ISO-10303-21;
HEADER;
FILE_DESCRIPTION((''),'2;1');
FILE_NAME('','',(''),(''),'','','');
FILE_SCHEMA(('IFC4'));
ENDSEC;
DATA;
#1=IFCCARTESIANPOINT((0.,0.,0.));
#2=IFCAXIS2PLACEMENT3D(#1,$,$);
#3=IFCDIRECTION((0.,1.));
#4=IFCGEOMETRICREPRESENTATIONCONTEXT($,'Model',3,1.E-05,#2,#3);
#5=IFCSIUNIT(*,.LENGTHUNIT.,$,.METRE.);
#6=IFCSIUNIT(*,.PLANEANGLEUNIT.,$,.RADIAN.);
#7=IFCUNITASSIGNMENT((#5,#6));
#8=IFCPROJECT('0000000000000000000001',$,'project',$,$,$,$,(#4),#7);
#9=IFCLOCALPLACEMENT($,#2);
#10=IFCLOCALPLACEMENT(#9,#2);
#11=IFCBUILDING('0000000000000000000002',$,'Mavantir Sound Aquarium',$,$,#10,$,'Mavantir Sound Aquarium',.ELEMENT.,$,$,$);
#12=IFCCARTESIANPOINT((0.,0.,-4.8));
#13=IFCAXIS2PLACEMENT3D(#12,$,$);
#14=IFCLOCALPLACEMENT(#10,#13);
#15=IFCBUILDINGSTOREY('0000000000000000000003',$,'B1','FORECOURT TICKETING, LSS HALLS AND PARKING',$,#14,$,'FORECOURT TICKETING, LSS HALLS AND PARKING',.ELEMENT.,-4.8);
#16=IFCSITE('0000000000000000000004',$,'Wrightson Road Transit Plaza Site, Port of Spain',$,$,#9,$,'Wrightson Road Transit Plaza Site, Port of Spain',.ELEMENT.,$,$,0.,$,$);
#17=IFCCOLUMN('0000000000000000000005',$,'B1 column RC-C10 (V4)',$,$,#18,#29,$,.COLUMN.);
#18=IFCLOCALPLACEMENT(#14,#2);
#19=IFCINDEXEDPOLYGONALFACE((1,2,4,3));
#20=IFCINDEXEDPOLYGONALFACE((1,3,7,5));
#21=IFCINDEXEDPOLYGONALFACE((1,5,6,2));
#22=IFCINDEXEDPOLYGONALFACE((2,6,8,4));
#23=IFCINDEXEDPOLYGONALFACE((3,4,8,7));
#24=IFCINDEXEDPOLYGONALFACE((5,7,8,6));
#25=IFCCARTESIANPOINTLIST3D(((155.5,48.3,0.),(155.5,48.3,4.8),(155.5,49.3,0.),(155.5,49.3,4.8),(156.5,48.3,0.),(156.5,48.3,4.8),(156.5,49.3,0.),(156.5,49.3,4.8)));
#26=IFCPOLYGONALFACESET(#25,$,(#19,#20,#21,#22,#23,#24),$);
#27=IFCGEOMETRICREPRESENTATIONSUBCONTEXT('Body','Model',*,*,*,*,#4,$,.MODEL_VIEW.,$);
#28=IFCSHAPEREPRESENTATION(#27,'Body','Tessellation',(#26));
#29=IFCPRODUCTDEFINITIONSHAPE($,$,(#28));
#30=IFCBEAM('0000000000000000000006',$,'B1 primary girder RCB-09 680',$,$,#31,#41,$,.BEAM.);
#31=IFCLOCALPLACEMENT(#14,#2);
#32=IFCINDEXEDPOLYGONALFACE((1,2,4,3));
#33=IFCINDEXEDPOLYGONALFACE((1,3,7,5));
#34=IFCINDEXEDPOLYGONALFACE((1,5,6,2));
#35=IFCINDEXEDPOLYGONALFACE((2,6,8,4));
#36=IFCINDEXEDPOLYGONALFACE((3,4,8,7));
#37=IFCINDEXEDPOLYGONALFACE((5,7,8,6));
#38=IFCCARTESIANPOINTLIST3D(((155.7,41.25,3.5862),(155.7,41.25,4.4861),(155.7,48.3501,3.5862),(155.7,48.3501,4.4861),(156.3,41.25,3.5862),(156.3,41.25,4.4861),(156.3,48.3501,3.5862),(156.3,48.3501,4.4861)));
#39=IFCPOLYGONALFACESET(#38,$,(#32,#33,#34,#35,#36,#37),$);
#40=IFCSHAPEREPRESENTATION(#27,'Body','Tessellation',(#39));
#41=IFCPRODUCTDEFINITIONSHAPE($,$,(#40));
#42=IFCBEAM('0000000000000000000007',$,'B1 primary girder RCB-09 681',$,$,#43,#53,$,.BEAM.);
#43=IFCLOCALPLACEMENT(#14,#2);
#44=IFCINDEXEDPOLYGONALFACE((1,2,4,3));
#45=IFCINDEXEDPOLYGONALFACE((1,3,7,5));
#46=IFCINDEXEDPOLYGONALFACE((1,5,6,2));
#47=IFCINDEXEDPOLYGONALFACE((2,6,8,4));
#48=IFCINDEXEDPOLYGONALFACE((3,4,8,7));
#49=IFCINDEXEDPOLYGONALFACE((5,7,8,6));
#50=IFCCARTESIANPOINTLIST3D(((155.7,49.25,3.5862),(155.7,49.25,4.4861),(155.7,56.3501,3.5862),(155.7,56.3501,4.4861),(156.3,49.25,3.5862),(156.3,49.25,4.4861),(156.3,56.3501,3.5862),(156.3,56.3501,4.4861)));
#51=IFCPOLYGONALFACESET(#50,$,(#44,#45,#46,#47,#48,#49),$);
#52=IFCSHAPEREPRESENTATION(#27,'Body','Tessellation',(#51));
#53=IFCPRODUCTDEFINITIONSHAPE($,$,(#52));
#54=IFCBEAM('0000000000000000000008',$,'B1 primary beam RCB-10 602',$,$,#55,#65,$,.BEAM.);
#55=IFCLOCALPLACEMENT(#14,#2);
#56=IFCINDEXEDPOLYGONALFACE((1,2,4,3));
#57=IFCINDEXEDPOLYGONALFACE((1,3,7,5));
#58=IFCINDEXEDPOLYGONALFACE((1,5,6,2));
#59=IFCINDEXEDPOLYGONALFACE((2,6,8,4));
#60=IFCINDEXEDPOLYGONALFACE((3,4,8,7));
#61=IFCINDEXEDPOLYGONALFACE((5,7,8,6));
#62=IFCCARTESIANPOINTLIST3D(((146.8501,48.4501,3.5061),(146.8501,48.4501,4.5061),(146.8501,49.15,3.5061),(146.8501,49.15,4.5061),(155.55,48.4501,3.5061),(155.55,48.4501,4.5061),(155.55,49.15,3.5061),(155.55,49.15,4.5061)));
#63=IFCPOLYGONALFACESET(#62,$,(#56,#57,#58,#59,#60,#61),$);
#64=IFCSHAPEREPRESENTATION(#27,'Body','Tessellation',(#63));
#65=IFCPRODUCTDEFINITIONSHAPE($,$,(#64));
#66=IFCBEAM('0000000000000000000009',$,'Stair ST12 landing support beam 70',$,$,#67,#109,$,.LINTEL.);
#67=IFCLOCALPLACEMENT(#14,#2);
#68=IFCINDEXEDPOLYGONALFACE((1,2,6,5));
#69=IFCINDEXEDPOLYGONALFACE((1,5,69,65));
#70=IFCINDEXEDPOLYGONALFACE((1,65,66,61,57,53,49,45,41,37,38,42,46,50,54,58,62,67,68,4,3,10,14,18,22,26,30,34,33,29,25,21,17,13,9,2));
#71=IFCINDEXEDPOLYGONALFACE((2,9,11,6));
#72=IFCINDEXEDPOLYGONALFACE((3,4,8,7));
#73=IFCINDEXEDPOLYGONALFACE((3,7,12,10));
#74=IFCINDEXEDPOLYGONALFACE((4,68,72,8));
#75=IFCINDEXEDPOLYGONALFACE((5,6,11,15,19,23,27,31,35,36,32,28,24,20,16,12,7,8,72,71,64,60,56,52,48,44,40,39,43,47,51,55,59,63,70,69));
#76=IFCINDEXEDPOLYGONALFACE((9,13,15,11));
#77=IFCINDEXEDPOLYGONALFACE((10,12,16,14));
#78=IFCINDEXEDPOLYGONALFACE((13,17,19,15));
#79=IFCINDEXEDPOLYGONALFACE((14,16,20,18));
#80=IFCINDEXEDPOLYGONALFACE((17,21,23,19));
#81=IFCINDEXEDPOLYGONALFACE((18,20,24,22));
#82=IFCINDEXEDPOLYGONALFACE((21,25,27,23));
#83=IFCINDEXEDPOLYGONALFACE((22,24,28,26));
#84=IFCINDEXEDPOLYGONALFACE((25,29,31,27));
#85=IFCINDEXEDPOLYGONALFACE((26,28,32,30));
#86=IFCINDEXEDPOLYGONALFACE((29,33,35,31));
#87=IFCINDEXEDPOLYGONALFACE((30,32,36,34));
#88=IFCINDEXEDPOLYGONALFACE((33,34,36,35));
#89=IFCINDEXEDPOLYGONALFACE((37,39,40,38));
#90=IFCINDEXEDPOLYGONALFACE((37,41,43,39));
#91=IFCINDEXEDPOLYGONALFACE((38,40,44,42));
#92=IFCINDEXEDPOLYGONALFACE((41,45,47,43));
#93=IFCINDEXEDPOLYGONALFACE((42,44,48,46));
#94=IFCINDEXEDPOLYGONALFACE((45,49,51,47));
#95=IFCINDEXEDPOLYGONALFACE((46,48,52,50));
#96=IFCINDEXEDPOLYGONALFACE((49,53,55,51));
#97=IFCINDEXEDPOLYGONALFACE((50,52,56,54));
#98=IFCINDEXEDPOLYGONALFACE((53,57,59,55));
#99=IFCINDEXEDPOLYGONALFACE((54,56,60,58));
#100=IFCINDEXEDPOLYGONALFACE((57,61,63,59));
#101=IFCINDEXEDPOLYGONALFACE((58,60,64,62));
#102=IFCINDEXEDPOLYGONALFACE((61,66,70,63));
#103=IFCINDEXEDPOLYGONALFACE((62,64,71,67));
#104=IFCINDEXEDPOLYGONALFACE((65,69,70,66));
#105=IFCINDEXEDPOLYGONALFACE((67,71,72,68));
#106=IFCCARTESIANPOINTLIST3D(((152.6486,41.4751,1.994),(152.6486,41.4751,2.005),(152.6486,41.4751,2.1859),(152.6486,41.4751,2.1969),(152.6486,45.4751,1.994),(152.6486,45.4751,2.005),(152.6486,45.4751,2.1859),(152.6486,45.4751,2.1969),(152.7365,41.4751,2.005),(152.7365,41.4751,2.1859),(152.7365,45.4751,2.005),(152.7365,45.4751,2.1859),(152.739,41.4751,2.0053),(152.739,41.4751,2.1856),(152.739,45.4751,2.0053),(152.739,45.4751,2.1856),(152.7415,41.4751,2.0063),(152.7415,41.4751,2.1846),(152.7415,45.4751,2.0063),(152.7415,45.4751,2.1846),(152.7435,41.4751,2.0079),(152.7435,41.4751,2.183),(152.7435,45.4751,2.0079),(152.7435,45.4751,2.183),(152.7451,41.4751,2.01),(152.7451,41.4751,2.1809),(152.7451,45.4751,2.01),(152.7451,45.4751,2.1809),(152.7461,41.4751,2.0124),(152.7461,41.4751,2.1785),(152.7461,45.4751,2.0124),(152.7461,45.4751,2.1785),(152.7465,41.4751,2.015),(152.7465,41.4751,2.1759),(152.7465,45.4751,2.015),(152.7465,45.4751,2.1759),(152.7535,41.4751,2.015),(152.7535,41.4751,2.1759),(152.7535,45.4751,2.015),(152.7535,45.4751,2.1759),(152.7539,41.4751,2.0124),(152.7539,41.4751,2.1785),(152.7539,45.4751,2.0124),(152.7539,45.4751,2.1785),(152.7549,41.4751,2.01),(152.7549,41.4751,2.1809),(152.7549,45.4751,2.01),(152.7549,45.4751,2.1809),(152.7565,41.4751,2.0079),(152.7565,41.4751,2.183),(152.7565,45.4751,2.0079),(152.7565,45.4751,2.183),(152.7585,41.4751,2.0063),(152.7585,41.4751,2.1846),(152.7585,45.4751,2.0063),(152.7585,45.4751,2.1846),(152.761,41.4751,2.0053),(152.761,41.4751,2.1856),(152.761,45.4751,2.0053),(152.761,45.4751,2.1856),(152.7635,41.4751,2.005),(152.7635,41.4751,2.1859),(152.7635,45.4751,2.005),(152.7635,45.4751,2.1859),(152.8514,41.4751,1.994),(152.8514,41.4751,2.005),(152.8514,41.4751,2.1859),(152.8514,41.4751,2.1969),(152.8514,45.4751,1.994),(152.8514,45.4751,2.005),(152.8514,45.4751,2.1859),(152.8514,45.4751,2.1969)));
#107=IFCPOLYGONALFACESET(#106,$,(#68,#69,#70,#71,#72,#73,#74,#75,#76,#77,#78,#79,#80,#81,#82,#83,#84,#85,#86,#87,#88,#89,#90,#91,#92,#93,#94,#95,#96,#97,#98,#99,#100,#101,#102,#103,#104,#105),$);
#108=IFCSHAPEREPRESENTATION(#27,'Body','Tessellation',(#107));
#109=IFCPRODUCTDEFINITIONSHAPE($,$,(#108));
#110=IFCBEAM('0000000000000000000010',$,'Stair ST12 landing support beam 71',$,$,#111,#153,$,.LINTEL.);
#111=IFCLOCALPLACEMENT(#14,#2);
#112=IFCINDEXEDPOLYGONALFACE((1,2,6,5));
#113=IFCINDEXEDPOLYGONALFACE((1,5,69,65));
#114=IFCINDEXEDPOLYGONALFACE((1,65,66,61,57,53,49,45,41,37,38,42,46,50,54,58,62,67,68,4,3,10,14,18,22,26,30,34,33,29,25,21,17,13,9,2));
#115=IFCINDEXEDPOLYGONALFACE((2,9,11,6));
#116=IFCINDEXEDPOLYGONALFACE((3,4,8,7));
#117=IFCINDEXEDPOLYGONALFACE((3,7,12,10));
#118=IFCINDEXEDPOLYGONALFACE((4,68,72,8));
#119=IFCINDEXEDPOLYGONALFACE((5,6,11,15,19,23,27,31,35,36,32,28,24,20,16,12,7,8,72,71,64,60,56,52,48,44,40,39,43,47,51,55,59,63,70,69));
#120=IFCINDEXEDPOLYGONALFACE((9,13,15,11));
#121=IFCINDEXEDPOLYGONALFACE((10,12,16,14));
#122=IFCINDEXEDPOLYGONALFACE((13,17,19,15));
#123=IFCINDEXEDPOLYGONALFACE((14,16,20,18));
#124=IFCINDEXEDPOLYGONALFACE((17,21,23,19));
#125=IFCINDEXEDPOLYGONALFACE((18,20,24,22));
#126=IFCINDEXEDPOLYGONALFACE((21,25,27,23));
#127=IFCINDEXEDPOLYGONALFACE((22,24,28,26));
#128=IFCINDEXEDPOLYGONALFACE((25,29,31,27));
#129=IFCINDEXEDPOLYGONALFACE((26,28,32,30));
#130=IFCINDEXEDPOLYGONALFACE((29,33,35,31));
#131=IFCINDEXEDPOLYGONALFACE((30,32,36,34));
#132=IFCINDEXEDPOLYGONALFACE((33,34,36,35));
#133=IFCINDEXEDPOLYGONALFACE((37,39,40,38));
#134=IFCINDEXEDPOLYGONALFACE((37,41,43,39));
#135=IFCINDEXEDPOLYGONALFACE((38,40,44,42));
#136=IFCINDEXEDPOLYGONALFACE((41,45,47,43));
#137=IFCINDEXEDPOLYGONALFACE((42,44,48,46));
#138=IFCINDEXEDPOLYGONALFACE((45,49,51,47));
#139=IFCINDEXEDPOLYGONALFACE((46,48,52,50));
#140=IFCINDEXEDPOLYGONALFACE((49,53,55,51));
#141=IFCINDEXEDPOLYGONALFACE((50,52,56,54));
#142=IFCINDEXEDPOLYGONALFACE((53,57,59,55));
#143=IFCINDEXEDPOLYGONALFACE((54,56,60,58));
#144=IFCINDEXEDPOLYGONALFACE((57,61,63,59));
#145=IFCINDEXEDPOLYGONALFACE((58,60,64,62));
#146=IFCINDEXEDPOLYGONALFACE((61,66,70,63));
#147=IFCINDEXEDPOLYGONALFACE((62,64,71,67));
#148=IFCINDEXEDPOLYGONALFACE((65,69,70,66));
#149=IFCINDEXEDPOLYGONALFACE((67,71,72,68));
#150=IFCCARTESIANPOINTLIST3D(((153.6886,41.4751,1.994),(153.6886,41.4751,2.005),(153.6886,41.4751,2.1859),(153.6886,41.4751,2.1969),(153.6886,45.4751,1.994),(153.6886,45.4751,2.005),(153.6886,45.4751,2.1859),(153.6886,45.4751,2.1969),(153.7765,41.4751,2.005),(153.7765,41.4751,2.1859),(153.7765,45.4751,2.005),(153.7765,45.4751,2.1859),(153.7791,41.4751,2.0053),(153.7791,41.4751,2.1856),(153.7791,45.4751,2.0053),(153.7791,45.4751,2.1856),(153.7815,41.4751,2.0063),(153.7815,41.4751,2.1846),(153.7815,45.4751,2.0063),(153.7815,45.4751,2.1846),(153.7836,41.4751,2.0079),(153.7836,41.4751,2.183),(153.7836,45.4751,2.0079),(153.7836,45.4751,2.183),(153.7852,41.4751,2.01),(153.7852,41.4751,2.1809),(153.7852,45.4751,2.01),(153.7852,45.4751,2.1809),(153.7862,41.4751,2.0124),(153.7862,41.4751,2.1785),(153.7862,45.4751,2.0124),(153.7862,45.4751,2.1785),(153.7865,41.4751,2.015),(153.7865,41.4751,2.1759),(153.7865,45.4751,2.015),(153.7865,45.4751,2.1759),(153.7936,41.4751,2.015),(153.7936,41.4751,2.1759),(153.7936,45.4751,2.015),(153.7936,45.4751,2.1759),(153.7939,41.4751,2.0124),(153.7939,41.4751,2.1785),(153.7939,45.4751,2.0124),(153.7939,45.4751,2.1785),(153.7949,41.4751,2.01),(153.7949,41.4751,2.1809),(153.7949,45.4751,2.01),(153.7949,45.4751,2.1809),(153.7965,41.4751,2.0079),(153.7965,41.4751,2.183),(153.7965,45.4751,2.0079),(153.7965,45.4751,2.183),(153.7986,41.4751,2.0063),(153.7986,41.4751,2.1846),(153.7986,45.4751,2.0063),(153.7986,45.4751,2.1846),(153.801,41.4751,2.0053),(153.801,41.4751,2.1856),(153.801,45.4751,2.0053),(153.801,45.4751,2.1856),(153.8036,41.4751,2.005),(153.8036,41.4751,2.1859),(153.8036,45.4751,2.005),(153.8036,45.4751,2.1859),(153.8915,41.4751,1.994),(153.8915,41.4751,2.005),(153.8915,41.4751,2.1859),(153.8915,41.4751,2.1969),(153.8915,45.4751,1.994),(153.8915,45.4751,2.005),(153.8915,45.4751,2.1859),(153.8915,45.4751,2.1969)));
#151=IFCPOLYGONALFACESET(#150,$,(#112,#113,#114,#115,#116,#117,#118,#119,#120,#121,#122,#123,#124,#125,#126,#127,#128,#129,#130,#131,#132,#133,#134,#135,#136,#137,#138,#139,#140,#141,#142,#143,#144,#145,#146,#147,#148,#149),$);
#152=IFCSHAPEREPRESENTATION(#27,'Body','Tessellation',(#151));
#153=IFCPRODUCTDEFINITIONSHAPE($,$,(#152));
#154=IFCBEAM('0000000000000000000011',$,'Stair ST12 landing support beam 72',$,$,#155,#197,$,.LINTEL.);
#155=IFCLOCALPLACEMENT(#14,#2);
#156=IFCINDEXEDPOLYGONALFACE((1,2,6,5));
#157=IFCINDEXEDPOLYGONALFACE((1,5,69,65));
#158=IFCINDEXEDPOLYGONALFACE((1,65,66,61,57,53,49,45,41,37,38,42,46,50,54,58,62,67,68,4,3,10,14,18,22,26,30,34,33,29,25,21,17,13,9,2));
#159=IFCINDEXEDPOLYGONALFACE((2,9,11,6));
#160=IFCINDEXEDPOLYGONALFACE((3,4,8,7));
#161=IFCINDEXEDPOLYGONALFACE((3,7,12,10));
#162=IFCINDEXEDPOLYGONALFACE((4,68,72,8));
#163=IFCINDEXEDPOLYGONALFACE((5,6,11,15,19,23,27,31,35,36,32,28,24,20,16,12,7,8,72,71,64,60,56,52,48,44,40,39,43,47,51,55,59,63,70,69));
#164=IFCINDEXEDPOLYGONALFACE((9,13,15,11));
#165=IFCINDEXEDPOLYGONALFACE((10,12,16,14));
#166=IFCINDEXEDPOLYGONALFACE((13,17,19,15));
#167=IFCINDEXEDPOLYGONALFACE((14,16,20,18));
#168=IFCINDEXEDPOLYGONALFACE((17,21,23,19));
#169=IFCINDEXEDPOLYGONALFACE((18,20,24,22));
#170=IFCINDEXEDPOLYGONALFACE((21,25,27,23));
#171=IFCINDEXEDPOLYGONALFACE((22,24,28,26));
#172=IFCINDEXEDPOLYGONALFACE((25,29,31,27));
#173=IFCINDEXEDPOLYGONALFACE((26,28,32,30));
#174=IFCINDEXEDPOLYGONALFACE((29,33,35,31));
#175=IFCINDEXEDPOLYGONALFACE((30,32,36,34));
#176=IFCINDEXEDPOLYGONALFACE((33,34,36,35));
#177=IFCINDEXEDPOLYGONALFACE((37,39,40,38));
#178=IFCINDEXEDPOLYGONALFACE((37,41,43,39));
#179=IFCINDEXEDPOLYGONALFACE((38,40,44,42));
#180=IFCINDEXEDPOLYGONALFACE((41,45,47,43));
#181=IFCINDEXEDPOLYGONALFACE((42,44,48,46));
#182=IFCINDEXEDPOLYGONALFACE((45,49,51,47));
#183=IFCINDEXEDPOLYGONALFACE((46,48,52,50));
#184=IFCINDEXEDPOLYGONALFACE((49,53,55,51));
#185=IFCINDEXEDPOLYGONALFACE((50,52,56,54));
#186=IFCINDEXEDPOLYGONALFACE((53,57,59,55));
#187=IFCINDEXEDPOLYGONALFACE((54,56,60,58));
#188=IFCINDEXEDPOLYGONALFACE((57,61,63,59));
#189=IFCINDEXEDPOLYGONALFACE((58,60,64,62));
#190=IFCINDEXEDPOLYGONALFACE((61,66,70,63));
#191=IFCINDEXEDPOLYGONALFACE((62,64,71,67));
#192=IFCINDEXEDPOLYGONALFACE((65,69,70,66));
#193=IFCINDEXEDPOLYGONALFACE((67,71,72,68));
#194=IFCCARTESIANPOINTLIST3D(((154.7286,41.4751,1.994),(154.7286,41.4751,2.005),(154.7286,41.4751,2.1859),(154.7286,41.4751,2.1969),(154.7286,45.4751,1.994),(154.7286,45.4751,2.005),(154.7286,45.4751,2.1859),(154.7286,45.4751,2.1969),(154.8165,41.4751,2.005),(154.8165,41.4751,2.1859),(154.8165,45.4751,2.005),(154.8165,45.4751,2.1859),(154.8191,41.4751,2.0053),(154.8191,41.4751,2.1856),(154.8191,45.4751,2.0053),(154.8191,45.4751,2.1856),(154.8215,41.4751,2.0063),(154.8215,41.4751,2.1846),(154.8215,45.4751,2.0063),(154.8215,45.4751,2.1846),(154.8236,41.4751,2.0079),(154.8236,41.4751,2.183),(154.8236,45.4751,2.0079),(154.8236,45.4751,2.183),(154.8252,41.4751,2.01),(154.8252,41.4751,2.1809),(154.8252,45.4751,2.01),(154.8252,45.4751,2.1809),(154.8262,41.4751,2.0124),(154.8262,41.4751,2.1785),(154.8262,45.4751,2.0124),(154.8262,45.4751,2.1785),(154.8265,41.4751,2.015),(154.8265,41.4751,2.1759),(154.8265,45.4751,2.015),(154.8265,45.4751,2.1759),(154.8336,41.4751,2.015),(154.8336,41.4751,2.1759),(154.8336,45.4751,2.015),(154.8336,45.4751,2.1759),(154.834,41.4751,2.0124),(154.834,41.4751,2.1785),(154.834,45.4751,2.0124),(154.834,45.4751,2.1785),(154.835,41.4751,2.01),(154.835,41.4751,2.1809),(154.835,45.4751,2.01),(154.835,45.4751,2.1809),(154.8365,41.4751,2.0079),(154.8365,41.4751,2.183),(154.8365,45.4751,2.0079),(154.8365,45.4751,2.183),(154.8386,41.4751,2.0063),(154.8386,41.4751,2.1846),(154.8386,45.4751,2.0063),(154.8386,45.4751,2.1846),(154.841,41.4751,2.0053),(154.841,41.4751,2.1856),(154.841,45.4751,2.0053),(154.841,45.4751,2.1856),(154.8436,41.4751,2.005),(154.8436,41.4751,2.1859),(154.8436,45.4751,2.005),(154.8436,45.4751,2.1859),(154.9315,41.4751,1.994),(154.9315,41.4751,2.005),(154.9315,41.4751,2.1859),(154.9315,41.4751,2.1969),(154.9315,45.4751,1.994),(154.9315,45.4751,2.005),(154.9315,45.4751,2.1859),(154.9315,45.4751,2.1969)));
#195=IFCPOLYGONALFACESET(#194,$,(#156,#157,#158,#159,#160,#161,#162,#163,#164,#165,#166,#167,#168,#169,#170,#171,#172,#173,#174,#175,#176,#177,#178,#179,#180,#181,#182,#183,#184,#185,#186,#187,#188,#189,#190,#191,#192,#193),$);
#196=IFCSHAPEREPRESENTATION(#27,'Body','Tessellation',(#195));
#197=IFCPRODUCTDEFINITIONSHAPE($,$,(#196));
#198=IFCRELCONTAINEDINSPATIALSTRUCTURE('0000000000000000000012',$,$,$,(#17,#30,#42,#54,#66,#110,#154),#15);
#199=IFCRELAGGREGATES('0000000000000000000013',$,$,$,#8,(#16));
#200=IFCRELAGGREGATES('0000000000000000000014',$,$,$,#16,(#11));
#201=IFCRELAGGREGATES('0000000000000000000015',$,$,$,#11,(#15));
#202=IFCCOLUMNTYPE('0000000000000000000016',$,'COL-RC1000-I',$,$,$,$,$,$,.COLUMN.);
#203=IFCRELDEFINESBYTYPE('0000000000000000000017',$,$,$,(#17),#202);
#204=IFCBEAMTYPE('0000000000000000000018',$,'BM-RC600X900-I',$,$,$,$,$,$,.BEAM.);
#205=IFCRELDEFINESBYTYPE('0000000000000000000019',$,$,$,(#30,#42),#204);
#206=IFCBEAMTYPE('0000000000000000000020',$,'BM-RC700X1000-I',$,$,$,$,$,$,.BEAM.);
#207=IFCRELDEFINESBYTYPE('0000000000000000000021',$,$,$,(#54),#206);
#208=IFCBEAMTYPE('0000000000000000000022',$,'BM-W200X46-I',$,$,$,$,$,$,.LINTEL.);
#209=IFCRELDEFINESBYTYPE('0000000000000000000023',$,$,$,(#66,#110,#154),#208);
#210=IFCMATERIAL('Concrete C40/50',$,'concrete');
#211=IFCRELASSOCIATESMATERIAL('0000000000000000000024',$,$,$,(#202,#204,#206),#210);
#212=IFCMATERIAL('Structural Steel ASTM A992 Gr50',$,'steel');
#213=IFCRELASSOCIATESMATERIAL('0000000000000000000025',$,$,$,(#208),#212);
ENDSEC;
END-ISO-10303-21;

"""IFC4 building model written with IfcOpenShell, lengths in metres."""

from ifc_helpers import new_model, si_unit, direction, frame, origin, origin_2d, place, context, subcontext, project, spatial, rectangle, i_section, extrude, material, material_profile, profile_set, type_object, element, save


model = new_model("IFC4")

# Units and contexts
model_context = context("Model", 3, precision=1e-05, world=origin(), true_north=direction((0.0, 1.0)))
body_context = subcontext(model_context, "Body", "Model", "MODEL_VIEW")
ifc_project = project(units=[si_unit("LENGTHUNIT", "METRE"), si_unit("PLANEANGLEUNIT", "RADIAN")], contexts=[model_context])

# Site, building, storey
site_placement = place(None, origin())
site = spatial("IfcSite", under=ifc_project, at=site_placement, Name="Wrightson Road Transit Plaza Site, Port of Spain", LongName="Wrightson Road Transit Plaza Site, Port of Spain", CompositionType="ELEMENT", RefElevation=0.0)
building_placement = place(site_placement, origin())
building = spatial("IfcBuilding", under=site, at=building_placement, Name="Mavantir Sound Aquarium", LongName="Mavantir Sound Aquarium", CompositionType="ELEMENT")
storey_placement = place(building_placement, frame((0.0, 0.0, -4.8)))
storey = spatial("IfcBuildingStorey", under=building, at=storey_placement, Name="B1", Description="FORECOURT TICKETING, LSS HALLS AND PARKING", LongName="FORECOURT TICKETING, LSS HALLS AND PARKING", CompositionType="ELEMENT", Elevation=-4.8)

# Column
ifc_material_1 = material(Name="Concrete C40/50", Category="concrete")
ifc_material_profile_1 = material_profile(ifc_material_1, rectangle(XDim=1.0, YDim=1.0, at=origin_2d()), Name="RC 1000X1000")
ifc_profile_set_1 = profile_set([ifc_material_profile_1], Name="Concrete C40/50")
column_type = type_object("IfcColumnType", Name="COL-RC1000-I", PredefinedType="COLUMN", material=ifc_profile_set_1)
column_placement = place(storey_placement, frame((156.0, 48.8, 0.0), z_axis=(0.0, 0.0, 1.0), x_axis=(1.0, 0.0, 0.0)))
element("IfcColumn", 1, at=column_placement, inside=storey, type_object=column_type, Name="B1 column RC-C10 (V4)", PredefinedType="COLUMN", context=body_context, shape_type="SweptSolid", body=[
    extrude(rectangle(XDim=1.0, YDim=1.0, at=origin_2d()), origin(), (0.0, 0.0, 1.0), 4.8),
])

# Beams
ifc_material_profile_2 = material_profile(ifc_material_1, rectangle(XDim=0.6001, YDim=0.8999, at=origin_2d()), Name="RC 600X900")
ifc_profile_set_2 = profile_set([ifc_material_profile_2], Name="Concrete C40/50")
beam_type_1 = type_object("IfcBeamType", Name="BM-RC600X900-I", PredefinedType="BEAM", material=ifc_profile_set_2)
for number, where, z_axis, x_axis, name in (
    (2, (156.0, 41.25, 4.0361), (0.0, 1.0, 0.0), (-1.0, 0.0, 0.0), "B1 primary girder RCB-09 680"),
    (3, (156.0, 49.25, 4.0361), (0.0, 1.0, 0.0), (-1.0, 0.0, 0.0), "B1 primary girder RCB-09 681"),
):
    element("IfcBeam", number, at=place(storey_placement, frame(where, z_axis=z_axis, x_axis=x_axis)), inside=storey, type_object=beam_type_1, Name=name, PredefinedType="BEAM", context=body_context, shape_type="SweptSolid", body=[
        extrude(rectangle(XDim=0.6001, YDim=0.8999, at=origin_2d()), origin(), (0.0, 0.0, 1.0), 7.1001),
    ])
ifc_material_profile_3 = material_profile(ifc_material_1, rectangle(XDim=0.7, YDim=1.0, at=origin_2d()), Name="RC 700X1000")
ifc_profile_set_3 = profile_set([ifc_material_profile_3], Name="Concrete C40/50")
beam_type_2 = type_object("IfcBeamType", Name="BM-RC700X1000-I", PredefinedType="BEAM", material=ifc_profile_set_3)
beam_1_placement = place(storey_placement, frame((146.8501, 48.8, 4.0061), z_axis=(1.0, 0.0, 0.0), x_axis=(0.0, 1.0, 0.0)))
element("IfcBeam", 4, at=beam_1_placement, inside=storey, type_object=beam_type_2, Name="B1 primary beam RCB-10 602", PredefinedType="BEAM", context=body_context, shape_type="SweptSolid", body=[
    extrude(rectangle(XDim=0.7, YDim=1.0, at=origin_2d()), origin(), (0.0, 0.0, 1.0), 8.7),
])
ifc_material_2 = material(Name="Structural Steel ASTM A992 Gr50", Category="steel")
ifc_material_profile_4 = material_profile(ifc_material_2, i_section(OverallWidth=0.2029, OverallDepth=0.2029, WebThickness=0.0071, FlangeThickness=0.011, FilletRadius=0.01, at=origin_2d()), Name="W200X46")
ifc_profile_set_4 = profile_set([ifc_material_profile_4], Name="Structural Steel ASTM A992 Gr50")
beam_type_3 = type_object("IfcBeamType", Name="BM-W200X46-I", PredefinedType="LINTEL", material=ifc_profile_set_4)
for number, where, z_axis, x_axis, name in (
    (5, (152.75, 41.4751, 2.0955), (0.0, 1.0, 0.0), (-1.0, 0.0, 0.0), "Stair ST12 landing support beam 70"),
    (6, (153.79, 41.4751, 2.0955), (0.0, 1.0, 0.0), (-1.0, 0.0, 0.0), "Stair ST12 landing support beam 71"),
    (7, (154.8301, 41.4751, 2.0955), (0.0, 1.0, 0.0), (-1.0, 0.0, 0.0), "Stair ST12 landing support beam 72"),
):
    element("IfcBeam", number, at=place(storey_placement, frame(where, z_axis=z_axis, x_axis=x_axis)), inside=storey, type_object=beam_type_3, Name=name, PredefinedType="LINTEL", context=body_context, shape_type="SweptSolid", body=[
        extrude(i_section(OverallWidth=0.2029, OverallDepth=0.2029, WebThickness=0.0071, FlangeThickness=0.011, FilletRadius=0.01, at=origin_2d()), origin(), (0.0, 0.0, 1.0), 4.0),
    ])

save(model, "model.ifc")
